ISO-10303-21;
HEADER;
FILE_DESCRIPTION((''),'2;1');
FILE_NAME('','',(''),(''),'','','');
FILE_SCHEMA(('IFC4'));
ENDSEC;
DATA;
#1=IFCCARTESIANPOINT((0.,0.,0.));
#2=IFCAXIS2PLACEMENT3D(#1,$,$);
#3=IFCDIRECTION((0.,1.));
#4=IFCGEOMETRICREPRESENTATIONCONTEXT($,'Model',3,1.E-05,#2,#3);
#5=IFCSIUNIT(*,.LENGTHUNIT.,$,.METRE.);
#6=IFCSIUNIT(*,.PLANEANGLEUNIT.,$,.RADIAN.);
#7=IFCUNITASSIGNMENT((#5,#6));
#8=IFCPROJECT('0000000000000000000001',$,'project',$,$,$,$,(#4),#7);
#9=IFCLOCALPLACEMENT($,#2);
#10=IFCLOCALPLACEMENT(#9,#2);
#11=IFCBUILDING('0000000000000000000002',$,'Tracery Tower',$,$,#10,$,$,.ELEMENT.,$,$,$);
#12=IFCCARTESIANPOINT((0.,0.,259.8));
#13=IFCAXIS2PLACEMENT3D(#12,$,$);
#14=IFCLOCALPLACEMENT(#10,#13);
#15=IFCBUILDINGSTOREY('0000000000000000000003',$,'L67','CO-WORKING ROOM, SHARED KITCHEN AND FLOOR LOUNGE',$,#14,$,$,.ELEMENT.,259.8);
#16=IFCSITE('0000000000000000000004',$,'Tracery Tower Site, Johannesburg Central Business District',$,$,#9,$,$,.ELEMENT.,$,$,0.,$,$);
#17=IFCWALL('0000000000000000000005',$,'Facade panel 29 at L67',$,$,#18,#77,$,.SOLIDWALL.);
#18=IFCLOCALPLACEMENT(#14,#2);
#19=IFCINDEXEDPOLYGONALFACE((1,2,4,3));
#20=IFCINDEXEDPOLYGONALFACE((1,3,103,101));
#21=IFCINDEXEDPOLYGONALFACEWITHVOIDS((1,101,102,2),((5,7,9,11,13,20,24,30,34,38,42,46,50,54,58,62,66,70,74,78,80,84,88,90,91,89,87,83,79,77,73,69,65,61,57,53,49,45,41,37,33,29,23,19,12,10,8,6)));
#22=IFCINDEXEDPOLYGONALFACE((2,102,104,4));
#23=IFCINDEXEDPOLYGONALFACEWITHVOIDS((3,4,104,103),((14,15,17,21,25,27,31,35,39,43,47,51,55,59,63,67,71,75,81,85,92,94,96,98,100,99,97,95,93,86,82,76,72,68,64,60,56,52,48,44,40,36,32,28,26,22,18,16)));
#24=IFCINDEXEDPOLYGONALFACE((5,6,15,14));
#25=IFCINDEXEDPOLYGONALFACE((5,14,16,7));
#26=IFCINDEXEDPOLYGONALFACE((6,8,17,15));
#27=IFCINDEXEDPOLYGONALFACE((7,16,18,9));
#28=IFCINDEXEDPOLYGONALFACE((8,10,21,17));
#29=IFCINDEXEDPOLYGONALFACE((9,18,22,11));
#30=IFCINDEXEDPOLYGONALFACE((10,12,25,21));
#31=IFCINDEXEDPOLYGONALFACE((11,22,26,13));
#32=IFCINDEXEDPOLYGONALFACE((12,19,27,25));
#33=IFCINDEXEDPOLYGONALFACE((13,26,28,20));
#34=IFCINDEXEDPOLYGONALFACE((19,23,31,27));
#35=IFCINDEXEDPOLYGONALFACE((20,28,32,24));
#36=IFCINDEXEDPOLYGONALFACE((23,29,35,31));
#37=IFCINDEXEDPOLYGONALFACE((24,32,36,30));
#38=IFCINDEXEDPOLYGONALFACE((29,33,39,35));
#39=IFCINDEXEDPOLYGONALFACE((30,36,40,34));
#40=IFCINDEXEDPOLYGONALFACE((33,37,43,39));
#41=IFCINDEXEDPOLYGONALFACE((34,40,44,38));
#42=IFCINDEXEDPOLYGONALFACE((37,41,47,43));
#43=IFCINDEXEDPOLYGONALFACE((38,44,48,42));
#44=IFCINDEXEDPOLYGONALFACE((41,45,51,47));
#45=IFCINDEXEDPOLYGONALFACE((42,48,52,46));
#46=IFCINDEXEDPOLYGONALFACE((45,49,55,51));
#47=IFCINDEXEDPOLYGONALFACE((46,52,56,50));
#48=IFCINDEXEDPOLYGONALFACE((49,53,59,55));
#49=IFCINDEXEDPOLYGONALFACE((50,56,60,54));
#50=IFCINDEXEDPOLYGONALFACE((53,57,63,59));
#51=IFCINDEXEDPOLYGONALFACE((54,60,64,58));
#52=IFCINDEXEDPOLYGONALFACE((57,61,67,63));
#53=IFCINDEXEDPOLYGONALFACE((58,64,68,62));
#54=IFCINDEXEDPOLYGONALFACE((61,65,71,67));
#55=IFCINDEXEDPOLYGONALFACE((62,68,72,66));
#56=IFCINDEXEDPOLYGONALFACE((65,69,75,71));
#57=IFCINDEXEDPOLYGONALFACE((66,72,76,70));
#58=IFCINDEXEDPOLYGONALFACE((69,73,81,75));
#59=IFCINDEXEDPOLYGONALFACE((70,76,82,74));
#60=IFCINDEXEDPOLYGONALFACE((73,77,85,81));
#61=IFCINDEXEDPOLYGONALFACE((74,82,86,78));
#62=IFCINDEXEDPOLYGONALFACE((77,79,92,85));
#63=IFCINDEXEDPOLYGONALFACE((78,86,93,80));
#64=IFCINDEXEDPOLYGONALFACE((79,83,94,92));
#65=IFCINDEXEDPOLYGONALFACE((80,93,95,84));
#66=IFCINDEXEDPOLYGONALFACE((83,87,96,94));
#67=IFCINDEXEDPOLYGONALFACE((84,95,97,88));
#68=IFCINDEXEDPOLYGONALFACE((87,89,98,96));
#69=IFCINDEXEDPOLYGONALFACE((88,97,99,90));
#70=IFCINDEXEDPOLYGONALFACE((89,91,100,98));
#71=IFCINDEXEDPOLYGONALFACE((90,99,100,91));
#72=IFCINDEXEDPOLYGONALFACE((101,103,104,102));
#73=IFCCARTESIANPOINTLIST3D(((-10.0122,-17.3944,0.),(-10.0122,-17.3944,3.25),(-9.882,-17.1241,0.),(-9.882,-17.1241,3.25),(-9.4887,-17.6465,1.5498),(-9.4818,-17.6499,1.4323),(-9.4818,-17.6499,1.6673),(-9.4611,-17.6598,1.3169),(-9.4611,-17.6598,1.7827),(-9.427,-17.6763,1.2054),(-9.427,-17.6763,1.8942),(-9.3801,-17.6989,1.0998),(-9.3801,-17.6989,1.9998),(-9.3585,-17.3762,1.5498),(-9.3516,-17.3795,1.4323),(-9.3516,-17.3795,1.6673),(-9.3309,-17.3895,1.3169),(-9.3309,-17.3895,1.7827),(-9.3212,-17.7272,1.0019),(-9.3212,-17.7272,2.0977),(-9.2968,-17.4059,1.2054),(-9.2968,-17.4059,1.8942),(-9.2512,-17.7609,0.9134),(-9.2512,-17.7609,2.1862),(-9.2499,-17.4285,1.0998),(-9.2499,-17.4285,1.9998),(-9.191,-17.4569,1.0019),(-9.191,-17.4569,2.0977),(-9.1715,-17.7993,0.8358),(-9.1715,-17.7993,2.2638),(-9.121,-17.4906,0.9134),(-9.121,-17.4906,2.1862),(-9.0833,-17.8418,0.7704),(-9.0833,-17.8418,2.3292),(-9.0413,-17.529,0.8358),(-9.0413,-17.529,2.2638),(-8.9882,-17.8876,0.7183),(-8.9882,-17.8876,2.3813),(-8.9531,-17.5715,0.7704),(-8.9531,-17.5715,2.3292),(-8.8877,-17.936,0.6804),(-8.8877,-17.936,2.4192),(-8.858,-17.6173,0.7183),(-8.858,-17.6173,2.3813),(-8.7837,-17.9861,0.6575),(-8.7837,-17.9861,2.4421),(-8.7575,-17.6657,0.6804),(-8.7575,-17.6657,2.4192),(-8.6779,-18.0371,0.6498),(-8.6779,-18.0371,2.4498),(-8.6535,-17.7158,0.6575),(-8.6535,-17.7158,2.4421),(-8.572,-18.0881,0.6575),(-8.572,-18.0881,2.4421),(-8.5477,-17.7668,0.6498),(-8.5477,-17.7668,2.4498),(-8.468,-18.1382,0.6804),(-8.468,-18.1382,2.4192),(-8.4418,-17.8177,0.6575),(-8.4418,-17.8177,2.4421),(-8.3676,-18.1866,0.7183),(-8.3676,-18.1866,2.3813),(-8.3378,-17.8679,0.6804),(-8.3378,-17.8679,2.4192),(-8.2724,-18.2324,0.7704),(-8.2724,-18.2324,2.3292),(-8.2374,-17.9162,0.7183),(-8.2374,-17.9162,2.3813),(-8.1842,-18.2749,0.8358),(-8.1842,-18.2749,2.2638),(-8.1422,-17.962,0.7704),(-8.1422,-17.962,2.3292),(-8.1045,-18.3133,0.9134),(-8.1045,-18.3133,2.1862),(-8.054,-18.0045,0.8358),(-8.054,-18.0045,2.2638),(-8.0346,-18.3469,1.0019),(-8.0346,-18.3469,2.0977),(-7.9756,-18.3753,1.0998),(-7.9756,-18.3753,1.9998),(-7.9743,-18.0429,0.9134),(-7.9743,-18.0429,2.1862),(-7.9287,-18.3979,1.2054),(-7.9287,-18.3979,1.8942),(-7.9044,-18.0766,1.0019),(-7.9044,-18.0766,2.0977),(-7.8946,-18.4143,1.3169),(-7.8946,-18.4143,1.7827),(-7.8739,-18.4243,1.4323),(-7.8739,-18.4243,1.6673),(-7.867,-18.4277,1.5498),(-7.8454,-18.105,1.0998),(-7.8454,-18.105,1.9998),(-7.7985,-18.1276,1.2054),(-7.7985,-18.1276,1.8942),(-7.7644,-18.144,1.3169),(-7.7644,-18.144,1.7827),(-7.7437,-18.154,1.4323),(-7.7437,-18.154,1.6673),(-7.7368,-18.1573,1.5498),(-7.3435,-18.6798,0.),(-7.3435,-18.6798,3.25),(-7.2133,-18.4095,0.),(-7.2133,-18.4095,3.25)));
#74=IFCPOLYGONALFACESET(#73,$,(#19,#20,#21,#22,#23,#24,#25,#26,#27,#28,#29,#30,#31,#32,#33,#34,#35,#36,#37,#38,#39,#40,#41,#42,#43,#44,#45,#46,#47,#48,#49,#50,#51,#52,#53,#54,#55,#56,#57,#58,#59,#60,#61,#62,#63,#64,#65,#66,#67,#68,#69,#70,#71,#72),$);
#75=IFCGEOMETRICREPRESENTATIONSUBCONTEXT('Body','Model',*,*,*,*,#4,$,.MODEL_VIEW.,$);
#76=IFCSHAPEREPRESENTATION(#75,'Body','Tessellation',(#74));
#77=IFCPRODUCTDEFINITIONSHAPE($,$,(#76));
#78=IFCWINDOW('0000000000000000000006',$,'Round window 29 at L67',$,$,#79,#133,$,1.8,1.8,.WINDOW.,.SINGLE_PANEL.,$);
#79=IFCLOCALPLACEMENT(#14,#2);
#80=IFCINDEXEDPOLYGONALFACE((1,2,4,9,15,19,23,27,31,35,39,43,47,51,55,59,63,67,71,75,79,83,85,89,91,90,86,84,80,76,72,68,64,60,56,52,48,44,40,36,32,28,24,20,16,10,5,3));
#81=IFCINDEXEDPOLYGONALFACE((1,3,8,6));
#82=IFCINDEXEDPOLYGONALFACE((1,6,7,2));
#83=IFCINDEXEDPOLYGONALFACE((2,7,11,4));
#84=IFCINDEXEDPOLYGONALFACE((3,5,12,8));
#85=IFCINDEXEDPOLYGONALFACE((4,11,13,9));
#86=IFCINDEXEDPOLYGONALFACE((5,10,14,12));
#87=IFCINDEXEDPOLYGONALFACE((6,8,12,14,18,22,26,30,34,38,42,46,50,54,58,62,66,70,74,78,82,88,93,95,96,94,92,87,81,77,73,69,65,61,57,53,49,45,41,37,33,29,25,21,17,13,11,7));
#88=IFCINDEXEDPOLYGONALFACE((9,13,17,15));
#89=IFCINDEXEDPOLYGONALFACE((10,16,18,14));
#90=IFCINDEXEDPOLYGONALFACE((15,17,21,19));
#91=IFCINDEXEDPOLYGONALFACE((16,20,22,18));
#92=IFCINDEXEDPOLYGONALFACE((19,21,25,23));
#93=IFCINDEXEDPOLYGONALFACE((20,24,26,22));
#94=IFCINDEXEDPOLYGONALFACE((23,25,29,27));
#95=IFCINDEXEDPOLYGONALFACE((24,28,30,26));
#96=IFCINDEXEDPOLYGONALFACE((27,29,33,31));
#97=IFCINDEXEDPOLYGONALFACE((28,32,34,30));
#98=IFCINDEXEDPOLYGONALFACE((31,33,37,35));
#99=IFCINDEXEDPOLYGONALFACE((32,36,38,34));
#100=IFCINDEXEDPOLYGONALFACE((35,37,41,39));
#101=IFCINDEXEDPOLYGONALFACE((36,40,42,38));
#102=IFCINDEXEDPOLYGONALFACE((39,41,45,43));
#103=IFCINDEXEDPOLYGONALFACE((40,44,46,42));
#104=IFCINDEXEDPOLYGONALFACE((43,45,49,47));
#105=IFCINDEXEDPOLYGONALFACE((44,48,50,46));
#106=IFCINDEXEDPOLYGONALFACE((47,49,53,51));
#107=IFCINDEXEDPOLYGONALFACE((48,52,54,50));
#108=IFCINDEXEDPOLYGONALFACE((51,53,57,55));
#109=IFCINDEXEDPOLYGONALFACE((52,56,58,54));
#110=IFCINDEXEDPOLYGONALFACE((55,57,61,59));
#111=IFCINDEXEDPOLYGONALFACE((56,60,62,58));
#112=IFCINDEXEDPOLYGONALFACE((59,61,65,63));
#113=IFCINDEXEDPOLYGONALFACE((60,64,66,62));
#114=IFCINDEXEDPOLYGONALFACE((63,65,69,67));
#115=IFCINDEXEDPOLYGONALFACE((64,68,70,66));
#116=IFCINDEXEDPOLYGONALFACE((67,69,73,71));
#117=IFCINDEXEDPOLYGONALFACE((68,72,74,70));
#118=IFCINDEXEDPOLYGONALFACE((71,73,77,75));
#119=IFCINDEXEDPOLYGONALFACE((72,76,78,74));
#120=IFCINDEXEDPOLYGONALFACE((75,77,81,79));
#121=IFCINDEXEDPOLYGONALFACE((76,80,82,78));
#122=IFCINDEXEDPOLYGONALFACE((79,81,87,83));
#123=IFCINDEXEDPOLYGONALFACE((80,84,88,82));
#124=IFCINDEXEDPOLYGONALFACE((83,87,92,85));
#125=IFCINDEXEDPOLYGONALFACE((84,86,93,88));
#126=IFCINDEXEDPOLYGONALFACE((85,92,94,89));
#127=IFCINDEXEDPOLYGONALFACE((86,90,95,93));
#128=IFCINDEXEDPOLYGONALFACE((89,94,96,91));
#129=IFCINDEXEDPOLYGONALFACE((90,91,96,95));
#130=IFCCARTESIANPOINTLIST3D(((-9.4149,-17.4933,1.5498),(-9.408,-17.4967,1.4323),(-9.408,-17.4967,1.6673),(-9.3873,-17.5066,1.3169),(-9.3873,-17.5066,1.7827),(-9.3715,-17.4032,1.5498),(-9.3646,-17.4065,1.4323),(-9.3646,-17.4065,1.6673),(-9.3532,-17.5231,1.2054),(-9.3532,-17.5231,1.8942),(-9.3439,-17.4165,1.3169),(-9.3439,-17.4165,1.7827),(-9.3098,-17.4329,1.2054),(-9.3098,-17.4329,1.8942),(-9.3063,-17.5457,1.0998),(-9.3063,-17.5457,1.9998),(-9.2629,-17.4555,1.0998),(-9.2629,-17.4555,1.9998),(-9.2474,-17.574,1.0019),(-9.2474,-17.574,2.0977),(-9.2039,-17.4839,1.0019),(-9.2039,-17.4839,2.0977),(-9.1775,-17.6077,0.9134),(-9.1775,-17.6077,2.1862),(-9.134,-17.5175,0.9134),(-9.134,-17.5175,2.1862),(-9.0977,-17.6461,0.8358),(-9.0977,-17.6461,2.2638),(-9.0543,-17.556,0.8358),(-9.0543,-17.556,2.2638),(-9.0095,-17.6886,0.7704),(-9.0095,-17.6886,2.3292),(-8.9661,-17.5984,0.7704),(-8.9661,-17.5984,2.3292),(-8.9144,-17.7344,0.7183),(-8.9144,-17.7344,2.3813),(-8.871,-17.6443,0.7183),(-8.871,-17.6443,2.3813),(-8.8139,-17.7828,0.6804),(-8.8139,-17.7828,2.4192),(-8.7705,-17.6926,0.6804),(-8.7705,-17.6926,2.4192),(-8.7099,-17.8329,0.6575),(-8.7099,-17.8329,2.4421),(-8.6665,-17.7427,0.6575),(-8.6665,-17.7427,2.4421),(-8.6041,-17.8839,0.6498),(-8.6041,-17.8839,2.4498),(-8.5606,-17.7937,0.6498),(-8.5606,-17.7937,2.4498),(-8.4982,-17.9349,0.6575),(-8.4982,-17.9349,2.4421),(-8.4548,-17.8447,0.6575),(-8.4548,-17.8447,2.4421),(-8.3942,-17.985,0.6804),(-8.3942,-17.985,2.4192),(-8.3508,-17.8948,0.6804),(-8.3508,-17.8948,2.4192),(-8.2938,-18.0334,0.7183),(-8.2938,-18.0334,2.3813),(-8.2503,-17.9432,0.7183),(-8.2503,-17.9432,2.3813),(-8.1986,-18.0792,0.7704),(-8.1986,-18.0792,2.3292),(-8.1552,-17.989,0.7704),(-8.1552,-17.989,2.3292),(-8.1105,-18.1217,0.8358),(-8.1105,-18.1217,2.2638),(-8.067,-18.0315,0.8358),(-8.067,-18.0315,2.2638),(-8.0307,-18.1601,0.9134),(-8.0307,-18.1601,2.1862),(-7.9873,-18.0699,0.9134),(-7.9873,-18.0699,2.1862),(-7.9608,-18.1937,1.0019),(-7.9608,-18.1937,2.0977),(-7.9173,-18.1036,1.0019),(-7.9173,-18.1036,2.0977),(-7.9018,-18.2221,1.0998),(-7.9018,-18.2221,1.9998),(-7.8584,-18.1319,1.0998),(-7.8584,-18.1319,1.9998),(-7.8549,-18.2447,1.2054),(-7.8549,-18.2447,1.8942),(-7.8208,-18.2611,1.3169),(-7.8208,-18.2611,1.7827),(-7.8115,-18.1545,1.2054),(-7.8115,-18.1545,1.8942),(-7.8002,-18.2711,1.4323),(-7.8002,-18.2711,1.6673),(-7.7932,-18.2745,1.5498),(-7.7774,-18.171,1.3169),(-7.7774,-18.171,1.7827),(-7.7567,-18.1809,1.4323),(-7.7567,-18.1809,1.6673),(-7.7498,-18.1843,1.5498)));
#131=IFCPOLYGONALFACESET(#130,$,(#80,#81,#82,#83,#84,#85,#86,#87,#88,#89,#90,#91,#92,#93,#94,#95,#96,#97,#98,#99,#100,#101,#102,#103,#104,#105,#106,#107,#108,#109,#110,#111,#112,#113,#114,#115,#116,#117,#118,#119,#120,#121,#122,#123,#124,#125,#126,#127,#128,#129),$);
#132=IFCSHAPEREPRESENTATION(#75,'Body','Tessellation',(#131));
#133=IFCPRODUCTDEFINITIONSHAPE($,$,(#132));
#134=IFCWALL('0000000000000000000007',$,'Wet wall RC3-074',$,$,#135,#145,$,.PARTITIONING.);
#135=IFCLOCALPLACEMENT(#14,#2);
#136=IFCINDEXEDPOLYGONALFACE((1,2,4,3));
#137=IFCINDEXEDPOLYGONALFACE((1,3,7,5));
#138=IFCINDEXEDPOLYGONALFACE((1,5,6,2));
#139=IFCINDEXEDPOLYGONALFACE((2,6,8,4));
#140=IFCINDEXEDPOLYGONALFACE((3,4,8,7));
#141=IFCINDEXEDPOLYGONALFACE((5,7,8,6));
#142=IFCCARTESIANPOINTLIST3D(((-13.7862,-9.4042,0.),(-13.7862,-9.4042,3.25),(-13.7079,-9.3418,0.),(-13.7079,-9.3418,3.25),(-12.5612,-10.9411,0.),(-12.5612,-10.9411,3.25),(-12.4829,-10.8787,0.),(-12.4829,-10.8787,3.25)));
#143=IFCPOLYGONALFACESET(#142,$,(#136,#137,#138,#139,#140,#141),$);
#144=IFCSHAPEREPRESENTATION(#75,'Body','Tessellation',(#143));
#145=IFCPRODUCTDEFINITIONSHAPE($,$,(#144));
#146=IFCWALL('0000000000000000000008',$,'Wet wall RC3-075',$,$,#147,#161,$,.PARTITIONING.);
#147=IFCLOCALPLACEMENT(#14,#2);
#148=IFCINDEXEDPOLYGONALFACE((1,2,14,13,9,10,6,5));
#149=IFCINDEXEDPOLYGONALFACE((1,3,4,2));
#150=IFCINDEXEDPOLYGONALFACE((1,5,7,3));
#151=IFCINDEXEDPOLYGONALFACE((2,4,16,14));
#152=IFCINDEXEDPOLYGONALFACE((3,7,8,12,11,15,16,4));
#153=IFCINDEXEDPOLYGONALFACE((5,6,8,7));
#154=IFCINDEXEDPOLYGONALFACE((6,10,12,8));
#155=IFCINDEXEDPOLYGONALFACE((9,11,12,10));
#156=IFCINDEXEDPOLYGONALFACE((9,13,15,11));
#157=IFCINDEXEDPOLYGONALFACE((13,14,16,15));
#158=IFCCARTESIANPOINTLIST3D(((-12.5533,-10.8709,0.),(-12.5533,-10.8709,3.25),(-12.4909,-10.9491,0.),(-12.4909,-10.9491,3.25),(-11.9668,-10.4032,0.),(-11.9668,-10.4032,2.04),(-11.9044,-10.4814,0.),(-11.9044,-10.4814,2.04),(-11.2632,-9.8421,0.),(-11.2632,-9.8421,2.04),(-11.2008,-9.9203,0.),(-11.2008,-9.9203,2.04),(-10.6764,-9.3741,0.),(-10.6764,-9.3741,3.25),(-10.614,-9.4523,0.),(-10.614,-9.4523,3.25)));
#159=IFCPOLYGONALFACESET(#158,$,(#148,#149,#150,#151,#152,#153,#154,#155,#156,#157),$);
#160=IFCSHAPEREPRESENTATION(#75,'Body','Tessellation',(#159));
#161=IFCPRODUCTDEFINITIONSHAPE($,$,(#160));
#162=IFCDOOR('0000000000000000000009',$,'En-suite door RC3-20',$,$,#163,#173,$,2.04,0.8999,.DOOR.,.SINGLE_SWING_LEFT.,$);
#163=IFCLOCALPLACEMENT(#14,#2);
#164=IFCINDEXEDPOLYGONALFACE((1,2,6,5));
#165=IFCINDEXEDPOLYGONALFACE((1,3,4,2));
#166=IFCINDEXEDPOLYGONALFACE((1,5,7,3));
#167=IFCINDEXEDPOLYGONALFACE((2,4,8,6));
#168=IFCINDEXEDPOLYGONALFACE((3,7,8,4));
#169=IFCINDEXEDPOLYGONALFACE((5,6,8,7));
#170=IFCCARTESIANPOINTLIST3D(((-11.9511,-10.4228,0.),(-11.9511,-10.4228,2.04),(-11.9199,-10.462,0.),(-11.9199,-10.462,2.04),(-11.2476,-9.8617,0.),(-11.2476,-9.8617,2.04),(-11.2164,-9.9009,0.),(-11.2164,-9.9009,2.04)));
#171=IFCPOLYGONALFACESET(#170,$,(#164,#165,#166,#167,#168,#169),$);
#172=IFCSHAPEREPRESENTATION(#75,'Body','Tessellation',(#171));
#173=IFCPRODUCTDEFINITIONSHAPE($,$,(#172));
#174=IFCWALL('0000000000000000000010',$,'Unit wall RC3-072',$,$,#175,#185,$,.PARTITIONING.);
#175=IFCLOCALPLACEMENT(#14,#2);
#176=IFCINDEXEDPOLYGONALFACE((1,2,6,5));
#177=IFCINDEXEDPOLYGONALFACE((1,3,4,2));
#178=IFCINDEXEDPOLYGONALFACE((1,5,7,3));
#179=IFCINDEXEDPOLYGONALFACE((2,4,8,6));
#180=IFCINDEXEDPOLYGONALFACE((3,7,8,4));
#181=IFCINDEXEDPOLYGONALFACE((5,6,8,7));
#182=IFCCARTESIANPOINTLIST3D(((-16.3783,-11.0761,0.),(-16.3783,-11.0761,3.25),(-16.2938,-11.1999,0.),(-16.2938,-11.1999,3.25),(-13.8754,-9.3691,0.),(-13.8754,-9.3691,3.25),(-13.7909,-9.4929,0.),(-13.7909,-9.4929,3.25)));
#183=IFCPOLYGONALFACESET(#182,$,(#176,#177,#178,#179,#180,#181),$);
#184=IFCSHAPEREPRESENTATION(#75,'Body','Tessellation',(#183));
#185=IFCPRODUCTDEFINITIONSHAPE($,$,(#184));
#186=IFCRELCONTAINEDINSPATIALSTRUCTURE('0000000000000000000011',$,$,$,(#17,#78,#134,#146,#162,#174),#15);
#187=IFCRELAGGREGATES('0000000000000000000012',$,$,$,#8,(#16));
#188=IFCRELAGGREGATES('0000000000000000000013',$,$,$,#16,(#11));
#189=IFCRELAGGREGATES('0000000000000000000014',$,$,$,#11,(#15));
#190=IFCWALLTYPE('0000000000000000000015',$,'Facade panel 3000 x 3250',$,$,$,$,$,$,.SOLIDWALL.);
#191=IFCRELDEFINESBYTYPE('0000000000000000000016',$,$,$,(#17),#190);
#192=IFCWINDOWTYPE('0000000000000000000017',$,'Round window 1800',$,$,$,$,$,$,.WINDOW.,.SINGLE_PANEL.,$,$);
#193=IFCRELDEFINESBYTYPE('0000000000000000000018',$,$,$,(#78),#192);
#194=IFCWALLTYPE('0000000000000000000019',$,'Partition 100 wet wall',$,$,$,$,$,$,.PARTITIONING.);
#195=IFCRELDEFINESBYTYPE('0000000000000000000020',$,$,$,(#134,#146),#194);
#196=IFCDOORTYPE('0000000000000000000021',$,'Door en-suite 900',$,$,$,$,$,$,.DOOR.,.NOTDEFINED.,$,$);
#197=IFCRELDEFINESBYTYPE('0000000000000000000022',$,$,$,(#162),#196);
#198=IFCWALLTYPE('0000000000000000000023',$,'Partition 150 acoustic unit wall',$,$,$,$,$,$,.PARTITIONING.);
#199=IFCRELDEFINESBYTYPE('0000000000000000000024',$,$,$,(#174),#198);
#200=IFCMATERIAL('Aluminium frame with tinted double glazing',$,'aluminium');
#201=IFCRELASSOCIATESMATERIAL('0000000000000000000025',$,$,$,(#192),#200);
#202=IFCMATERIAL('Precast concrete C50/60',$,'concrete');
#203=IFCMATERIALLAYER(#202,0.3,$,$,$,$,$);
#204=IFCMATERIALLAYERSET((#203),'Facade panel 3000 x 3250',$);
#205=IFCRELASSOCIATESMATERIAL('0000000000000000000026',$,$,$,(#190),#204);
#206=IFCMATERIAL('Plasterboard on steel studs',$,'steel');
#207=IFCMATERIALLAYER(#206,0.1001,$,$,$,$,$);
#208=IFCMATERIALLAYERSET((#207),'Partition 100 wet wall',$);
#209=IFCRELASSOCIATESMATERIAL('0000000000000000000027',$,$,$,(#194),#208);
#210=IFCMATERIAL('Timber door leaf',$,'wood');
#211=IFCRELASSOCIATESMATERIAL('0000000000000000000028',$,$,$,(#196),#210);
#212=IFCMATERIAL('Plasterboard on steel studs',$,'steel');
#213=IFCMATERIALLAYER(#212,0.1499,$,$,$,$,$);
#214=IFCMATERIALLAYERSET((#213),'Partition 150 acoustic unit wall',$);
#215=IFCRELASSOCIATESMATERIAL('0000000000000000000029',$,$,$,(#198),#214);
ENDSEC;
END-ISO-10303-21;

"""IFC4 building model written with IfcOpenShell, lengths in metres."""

from ifc_helpers import new_model, si_unit, direction, frame, frame_2d, origin, origin_2d, place, context, subcontext, project, spatial, rectangle, circle, extrude, material, layer, layer_set, type_object, element, fill, save


model = new_model("IFC4")

# Units and contexts
model_context = context("Model", 3, precision=1e-05, world=origin(), true_north=direction((0.0, 1.0)))
body_context = subcontext(model_context, "Body", "Model", "MODEL_VIEW")
ifc_project = project(units=[si_unit("LENGTHUNIT", "METRE"), si_unit("PLANEANGLEUNIT", "RADIAN")], contexts=[model_context])

# Site, building, storey
site_placement = place(None, origin())
site = spatial("IfcSite", under=ifc_project, at=site_placement, Name="Tracery Tower Site, Johannesburg Central Business District", CompositionType="ELEMENT", RefElevation=0.0)
building_placement = place(site_placement, origin())
building = spatial("IfcBuilding", under=site, at=building_placement, Name="Tracery Tower", CompositionType="ELEMENT")
storey_placement = place(building_placement, frame((0.0, 0.0, 259.8)))
storey = spatial("IfcBuildingStorey", under=building, at=storey_placement, Name="L67", Description="CO-WORKING ROOM, SHARED KITCHEN AND FLOOR LOUNGE", CompositionType="ELEMENT", Elevation=259.8)

# Wall, opening, window
ifc_material_1 = material(Name="Aluminium frame with tinted double glazing", Category="aluminium")
window_type = type_object("IfcWindowType", Name="Round window 1800", PartitioningType="SINGLE_PANEL", PredefinedType="WINDOW", material=ifc_material_1)
ifc_material_2 = material(Name="Precast concrete C50/60", Category="concrete")
ifc_layer_1 = layer(ifc_material_2, 0.3)
ifc_layer_set_1 = layer_set([ifc_layer_1], Name="Facade panel 3000 x 3250")
wall_type_1 = type_object("IfcWallType", Name="Facade panel 3000 x 3250", PredefinedType="SOLIDWALL", material=ifc_layer_set_1)
wall_1_placement = place(storey_placement, frame((-9.947, -17.2593, 0.0), z_axis=(0.0, 0.0, 1.0), x_axis=(0.90094, -0.433944, 0.0)))
wall_1 = element("IfcWall", 1, at=wall_1_placement, inside=storey, type_object=wall_type_1, Name="Facade panel 29 at L67", PredefinedType="SOLIDWALL", context=body_context, shape_type="SweptSolid", body=[
    extrude(rectangle(XDim=2.9622, YDim=0.3, at=frame_2d((1.481, 0.0))), origin(), (0.0, 0.0, 1.0), 3.25),
])
opening_1_placement = place(wall_1_placement, frame((1.481, 0.0, 1.5498)))
opening_1 = element("IfcOpeningElement", 2, at=opening_1_placement, cuts=wall_1, PredefinedType="OPENING", context=body_context, shape_type="SweptSolid", body=[
    extrude(circle(Radius=0.9, at=origin_2d()), frame((0.0, 0.1599, 0.0), z_axis=(0.0, -1.0, 0.0), x_axis=(1.0, 0.0, 0.0)), (0.0, 0.0, 1.0), 0.3201),
])
window_1_placement = place(opening_1_placement, origin())
window_1 = element("IfcWindow", 3, at=window_1_placement, inside=storey, type_object=window_type, Name="Round window 29 at L67", OverallHeight=1.8, OverallWidth=1.8, PartitioningType="SINGLE_PANEL", PredefinedType="WINDOW", context=body_context, shape_type="SweptSolid", body=[
    extrude(circle(Radius=0.9, at=origin_2d()), frame((0.0, 0.1201, 0.0), z_axis=(0.0, -1.0, 0.0), x_axis=(1.0, 0.0, 0.0)), (0.0, 0.0, 1.0), 0.1001),
])
fill(opening_1, window_1)

# Wall
ifc_material_3 = material(Name="Plasterboard on steel studs", Category="steel")
ifc_layer_2 = layer(ifc_material_3, 0.1001)
ifc_layer_set_2 = layer_set([ifc_layer_2], Name="Partition 100 wet wall")
wall_type_2 = type_object("IfcWallType", Name="Partition 100 wet wall", PredefinedType="PARTITIONING", material=ifc_layer_set_2)
wall_2_placement = place(storey_placement, frame((-13.7471, -9.373, 0.0), z_axis=(0.0, 0.0, 1.0), x_axis=(0.623331, -0.781958, 0.0)))
element("IfcWall", 4, at=wall_2_placement, inside=storey, type_object=wall_type_2, Name="Wet wall RC3-074", PredefinedType="PARTITIONING", context=body_context, shape_type="SweptSolid", body=[
    extrude(rectangle(XDim=1.9653, YDim=0.1001, at=frame_2d((0.9827, 0.0))), origin(), (0.0, 0.0, 1.0), 3.25),
])

# Wall, opening, door
wall_3_placement = place(storey_placement, frame((-12.522, -10.9099, 0.0), z_axis=(0.0, 0.0, 1.0), x_axis=(0.78183, 0.623491, 0.0)))
wall_3 = element("IfcWall", 5, at=wall_3_placement, inside=storey, type_object=wall_type_2, Name="Wet wall RC3-075", PredefinedType="PARTITIONING", context=body_context, shape_type="SweptSolid", body=[
    extrude(rectangle(XDim=2.4006, YDim=0.1001, at=frame_2d((1.2002, 0.0))), origin(), (0.0, 0.0, 1.0), 3.25),
])
opening_2_placement = place(wall_3_placement, frame((0.75, 0.0, 0.0)))
opening_2 = element("IfcOpeningElement", 6, at=opening_2_placement, cuts=wall_3, PredefinedType="OPENING", context=body_context, shape_type="SweptSolid", body=[
    extrude(rectangle(XDim=0.8999, YDim=2.04, at=frame_2d((0.45, 1.02))), frame((0.0, 0.05, 0.0), z_axis=(0.0, -1.0, 0.0), x_axis=(1.0, 0.0, 0.0)), (0.0, 0.0, 1.0), 0.1001),
])
ifc_material_4 = material(Name="Timber door leaf", Category="wood")
door_type = type_object("IfcDoorType", Name="Door en-suite 900", OperationType="NOTDEFINED", PredefinedType="DOOR", material=ifc_material_4)
door_placement = place(opening_2_placement, origin())
door = element("IfcDoor", 7, at=door_placement, inside=storey, type_object=door_type, Name="En-suite door RC3-20", OperationType="SINGLE_SWING_LEFT", OverallHeight=2.04, OverallWidth=0.8999, PredefinedType="DOOR", context=body_context, shape_type="SweptSolid", body=[
    extrude(rectangle(XDim=0.8999, YDim=2.04, at=frame_2d((0.45, 1.02))), frame((0.0, 0.0249, 0.0), z_axis=(0.0, -1.0, 0.0), x_axis=(1.0, 0.0, 0.0)), (0.0, 0.0, 1.0), 0.05),
])
fill(opening_2, door)

# Wall
ifc_material_5 = material(Name="Plasterboard on steel studs", Category="steel")
ifc_layer_3 = layer(ifc_material_5, 0.1499)
ifc_layer_set_3 = layer_set([ifc_layer_3], Name="Partition 150 acoustic unit wall")
wall_type_3 = type_object("IfcWallType", Name="Partition 150 acoustic unit wall", PredefinedType="PARTITIONING", material=ifc_layer_set_3)
wall_4_placement = place(storey_placement, frame((-16.3359, -11.1379, 0.0), z_axis=(0.0, 0.0, 1.0), x_axis=(0.826152, 0.563447, 0.0)))
element("IfcWall", 8, at=wall_4_placement, inside=storey, type_object=wall_type_3, Name="Unit wall RC3-072", PredefinedType="PARTITIONING", context=body_context, shape_type="SweptSolid", body=[
    extrude(rectangle(XDim=3.0295, YDim=0.1499, at=frame_2d((1.5146, 0.0))), origin(), (0.0, 0.0, 1.0), 3.25),
])

save(model, "model.ifc")
